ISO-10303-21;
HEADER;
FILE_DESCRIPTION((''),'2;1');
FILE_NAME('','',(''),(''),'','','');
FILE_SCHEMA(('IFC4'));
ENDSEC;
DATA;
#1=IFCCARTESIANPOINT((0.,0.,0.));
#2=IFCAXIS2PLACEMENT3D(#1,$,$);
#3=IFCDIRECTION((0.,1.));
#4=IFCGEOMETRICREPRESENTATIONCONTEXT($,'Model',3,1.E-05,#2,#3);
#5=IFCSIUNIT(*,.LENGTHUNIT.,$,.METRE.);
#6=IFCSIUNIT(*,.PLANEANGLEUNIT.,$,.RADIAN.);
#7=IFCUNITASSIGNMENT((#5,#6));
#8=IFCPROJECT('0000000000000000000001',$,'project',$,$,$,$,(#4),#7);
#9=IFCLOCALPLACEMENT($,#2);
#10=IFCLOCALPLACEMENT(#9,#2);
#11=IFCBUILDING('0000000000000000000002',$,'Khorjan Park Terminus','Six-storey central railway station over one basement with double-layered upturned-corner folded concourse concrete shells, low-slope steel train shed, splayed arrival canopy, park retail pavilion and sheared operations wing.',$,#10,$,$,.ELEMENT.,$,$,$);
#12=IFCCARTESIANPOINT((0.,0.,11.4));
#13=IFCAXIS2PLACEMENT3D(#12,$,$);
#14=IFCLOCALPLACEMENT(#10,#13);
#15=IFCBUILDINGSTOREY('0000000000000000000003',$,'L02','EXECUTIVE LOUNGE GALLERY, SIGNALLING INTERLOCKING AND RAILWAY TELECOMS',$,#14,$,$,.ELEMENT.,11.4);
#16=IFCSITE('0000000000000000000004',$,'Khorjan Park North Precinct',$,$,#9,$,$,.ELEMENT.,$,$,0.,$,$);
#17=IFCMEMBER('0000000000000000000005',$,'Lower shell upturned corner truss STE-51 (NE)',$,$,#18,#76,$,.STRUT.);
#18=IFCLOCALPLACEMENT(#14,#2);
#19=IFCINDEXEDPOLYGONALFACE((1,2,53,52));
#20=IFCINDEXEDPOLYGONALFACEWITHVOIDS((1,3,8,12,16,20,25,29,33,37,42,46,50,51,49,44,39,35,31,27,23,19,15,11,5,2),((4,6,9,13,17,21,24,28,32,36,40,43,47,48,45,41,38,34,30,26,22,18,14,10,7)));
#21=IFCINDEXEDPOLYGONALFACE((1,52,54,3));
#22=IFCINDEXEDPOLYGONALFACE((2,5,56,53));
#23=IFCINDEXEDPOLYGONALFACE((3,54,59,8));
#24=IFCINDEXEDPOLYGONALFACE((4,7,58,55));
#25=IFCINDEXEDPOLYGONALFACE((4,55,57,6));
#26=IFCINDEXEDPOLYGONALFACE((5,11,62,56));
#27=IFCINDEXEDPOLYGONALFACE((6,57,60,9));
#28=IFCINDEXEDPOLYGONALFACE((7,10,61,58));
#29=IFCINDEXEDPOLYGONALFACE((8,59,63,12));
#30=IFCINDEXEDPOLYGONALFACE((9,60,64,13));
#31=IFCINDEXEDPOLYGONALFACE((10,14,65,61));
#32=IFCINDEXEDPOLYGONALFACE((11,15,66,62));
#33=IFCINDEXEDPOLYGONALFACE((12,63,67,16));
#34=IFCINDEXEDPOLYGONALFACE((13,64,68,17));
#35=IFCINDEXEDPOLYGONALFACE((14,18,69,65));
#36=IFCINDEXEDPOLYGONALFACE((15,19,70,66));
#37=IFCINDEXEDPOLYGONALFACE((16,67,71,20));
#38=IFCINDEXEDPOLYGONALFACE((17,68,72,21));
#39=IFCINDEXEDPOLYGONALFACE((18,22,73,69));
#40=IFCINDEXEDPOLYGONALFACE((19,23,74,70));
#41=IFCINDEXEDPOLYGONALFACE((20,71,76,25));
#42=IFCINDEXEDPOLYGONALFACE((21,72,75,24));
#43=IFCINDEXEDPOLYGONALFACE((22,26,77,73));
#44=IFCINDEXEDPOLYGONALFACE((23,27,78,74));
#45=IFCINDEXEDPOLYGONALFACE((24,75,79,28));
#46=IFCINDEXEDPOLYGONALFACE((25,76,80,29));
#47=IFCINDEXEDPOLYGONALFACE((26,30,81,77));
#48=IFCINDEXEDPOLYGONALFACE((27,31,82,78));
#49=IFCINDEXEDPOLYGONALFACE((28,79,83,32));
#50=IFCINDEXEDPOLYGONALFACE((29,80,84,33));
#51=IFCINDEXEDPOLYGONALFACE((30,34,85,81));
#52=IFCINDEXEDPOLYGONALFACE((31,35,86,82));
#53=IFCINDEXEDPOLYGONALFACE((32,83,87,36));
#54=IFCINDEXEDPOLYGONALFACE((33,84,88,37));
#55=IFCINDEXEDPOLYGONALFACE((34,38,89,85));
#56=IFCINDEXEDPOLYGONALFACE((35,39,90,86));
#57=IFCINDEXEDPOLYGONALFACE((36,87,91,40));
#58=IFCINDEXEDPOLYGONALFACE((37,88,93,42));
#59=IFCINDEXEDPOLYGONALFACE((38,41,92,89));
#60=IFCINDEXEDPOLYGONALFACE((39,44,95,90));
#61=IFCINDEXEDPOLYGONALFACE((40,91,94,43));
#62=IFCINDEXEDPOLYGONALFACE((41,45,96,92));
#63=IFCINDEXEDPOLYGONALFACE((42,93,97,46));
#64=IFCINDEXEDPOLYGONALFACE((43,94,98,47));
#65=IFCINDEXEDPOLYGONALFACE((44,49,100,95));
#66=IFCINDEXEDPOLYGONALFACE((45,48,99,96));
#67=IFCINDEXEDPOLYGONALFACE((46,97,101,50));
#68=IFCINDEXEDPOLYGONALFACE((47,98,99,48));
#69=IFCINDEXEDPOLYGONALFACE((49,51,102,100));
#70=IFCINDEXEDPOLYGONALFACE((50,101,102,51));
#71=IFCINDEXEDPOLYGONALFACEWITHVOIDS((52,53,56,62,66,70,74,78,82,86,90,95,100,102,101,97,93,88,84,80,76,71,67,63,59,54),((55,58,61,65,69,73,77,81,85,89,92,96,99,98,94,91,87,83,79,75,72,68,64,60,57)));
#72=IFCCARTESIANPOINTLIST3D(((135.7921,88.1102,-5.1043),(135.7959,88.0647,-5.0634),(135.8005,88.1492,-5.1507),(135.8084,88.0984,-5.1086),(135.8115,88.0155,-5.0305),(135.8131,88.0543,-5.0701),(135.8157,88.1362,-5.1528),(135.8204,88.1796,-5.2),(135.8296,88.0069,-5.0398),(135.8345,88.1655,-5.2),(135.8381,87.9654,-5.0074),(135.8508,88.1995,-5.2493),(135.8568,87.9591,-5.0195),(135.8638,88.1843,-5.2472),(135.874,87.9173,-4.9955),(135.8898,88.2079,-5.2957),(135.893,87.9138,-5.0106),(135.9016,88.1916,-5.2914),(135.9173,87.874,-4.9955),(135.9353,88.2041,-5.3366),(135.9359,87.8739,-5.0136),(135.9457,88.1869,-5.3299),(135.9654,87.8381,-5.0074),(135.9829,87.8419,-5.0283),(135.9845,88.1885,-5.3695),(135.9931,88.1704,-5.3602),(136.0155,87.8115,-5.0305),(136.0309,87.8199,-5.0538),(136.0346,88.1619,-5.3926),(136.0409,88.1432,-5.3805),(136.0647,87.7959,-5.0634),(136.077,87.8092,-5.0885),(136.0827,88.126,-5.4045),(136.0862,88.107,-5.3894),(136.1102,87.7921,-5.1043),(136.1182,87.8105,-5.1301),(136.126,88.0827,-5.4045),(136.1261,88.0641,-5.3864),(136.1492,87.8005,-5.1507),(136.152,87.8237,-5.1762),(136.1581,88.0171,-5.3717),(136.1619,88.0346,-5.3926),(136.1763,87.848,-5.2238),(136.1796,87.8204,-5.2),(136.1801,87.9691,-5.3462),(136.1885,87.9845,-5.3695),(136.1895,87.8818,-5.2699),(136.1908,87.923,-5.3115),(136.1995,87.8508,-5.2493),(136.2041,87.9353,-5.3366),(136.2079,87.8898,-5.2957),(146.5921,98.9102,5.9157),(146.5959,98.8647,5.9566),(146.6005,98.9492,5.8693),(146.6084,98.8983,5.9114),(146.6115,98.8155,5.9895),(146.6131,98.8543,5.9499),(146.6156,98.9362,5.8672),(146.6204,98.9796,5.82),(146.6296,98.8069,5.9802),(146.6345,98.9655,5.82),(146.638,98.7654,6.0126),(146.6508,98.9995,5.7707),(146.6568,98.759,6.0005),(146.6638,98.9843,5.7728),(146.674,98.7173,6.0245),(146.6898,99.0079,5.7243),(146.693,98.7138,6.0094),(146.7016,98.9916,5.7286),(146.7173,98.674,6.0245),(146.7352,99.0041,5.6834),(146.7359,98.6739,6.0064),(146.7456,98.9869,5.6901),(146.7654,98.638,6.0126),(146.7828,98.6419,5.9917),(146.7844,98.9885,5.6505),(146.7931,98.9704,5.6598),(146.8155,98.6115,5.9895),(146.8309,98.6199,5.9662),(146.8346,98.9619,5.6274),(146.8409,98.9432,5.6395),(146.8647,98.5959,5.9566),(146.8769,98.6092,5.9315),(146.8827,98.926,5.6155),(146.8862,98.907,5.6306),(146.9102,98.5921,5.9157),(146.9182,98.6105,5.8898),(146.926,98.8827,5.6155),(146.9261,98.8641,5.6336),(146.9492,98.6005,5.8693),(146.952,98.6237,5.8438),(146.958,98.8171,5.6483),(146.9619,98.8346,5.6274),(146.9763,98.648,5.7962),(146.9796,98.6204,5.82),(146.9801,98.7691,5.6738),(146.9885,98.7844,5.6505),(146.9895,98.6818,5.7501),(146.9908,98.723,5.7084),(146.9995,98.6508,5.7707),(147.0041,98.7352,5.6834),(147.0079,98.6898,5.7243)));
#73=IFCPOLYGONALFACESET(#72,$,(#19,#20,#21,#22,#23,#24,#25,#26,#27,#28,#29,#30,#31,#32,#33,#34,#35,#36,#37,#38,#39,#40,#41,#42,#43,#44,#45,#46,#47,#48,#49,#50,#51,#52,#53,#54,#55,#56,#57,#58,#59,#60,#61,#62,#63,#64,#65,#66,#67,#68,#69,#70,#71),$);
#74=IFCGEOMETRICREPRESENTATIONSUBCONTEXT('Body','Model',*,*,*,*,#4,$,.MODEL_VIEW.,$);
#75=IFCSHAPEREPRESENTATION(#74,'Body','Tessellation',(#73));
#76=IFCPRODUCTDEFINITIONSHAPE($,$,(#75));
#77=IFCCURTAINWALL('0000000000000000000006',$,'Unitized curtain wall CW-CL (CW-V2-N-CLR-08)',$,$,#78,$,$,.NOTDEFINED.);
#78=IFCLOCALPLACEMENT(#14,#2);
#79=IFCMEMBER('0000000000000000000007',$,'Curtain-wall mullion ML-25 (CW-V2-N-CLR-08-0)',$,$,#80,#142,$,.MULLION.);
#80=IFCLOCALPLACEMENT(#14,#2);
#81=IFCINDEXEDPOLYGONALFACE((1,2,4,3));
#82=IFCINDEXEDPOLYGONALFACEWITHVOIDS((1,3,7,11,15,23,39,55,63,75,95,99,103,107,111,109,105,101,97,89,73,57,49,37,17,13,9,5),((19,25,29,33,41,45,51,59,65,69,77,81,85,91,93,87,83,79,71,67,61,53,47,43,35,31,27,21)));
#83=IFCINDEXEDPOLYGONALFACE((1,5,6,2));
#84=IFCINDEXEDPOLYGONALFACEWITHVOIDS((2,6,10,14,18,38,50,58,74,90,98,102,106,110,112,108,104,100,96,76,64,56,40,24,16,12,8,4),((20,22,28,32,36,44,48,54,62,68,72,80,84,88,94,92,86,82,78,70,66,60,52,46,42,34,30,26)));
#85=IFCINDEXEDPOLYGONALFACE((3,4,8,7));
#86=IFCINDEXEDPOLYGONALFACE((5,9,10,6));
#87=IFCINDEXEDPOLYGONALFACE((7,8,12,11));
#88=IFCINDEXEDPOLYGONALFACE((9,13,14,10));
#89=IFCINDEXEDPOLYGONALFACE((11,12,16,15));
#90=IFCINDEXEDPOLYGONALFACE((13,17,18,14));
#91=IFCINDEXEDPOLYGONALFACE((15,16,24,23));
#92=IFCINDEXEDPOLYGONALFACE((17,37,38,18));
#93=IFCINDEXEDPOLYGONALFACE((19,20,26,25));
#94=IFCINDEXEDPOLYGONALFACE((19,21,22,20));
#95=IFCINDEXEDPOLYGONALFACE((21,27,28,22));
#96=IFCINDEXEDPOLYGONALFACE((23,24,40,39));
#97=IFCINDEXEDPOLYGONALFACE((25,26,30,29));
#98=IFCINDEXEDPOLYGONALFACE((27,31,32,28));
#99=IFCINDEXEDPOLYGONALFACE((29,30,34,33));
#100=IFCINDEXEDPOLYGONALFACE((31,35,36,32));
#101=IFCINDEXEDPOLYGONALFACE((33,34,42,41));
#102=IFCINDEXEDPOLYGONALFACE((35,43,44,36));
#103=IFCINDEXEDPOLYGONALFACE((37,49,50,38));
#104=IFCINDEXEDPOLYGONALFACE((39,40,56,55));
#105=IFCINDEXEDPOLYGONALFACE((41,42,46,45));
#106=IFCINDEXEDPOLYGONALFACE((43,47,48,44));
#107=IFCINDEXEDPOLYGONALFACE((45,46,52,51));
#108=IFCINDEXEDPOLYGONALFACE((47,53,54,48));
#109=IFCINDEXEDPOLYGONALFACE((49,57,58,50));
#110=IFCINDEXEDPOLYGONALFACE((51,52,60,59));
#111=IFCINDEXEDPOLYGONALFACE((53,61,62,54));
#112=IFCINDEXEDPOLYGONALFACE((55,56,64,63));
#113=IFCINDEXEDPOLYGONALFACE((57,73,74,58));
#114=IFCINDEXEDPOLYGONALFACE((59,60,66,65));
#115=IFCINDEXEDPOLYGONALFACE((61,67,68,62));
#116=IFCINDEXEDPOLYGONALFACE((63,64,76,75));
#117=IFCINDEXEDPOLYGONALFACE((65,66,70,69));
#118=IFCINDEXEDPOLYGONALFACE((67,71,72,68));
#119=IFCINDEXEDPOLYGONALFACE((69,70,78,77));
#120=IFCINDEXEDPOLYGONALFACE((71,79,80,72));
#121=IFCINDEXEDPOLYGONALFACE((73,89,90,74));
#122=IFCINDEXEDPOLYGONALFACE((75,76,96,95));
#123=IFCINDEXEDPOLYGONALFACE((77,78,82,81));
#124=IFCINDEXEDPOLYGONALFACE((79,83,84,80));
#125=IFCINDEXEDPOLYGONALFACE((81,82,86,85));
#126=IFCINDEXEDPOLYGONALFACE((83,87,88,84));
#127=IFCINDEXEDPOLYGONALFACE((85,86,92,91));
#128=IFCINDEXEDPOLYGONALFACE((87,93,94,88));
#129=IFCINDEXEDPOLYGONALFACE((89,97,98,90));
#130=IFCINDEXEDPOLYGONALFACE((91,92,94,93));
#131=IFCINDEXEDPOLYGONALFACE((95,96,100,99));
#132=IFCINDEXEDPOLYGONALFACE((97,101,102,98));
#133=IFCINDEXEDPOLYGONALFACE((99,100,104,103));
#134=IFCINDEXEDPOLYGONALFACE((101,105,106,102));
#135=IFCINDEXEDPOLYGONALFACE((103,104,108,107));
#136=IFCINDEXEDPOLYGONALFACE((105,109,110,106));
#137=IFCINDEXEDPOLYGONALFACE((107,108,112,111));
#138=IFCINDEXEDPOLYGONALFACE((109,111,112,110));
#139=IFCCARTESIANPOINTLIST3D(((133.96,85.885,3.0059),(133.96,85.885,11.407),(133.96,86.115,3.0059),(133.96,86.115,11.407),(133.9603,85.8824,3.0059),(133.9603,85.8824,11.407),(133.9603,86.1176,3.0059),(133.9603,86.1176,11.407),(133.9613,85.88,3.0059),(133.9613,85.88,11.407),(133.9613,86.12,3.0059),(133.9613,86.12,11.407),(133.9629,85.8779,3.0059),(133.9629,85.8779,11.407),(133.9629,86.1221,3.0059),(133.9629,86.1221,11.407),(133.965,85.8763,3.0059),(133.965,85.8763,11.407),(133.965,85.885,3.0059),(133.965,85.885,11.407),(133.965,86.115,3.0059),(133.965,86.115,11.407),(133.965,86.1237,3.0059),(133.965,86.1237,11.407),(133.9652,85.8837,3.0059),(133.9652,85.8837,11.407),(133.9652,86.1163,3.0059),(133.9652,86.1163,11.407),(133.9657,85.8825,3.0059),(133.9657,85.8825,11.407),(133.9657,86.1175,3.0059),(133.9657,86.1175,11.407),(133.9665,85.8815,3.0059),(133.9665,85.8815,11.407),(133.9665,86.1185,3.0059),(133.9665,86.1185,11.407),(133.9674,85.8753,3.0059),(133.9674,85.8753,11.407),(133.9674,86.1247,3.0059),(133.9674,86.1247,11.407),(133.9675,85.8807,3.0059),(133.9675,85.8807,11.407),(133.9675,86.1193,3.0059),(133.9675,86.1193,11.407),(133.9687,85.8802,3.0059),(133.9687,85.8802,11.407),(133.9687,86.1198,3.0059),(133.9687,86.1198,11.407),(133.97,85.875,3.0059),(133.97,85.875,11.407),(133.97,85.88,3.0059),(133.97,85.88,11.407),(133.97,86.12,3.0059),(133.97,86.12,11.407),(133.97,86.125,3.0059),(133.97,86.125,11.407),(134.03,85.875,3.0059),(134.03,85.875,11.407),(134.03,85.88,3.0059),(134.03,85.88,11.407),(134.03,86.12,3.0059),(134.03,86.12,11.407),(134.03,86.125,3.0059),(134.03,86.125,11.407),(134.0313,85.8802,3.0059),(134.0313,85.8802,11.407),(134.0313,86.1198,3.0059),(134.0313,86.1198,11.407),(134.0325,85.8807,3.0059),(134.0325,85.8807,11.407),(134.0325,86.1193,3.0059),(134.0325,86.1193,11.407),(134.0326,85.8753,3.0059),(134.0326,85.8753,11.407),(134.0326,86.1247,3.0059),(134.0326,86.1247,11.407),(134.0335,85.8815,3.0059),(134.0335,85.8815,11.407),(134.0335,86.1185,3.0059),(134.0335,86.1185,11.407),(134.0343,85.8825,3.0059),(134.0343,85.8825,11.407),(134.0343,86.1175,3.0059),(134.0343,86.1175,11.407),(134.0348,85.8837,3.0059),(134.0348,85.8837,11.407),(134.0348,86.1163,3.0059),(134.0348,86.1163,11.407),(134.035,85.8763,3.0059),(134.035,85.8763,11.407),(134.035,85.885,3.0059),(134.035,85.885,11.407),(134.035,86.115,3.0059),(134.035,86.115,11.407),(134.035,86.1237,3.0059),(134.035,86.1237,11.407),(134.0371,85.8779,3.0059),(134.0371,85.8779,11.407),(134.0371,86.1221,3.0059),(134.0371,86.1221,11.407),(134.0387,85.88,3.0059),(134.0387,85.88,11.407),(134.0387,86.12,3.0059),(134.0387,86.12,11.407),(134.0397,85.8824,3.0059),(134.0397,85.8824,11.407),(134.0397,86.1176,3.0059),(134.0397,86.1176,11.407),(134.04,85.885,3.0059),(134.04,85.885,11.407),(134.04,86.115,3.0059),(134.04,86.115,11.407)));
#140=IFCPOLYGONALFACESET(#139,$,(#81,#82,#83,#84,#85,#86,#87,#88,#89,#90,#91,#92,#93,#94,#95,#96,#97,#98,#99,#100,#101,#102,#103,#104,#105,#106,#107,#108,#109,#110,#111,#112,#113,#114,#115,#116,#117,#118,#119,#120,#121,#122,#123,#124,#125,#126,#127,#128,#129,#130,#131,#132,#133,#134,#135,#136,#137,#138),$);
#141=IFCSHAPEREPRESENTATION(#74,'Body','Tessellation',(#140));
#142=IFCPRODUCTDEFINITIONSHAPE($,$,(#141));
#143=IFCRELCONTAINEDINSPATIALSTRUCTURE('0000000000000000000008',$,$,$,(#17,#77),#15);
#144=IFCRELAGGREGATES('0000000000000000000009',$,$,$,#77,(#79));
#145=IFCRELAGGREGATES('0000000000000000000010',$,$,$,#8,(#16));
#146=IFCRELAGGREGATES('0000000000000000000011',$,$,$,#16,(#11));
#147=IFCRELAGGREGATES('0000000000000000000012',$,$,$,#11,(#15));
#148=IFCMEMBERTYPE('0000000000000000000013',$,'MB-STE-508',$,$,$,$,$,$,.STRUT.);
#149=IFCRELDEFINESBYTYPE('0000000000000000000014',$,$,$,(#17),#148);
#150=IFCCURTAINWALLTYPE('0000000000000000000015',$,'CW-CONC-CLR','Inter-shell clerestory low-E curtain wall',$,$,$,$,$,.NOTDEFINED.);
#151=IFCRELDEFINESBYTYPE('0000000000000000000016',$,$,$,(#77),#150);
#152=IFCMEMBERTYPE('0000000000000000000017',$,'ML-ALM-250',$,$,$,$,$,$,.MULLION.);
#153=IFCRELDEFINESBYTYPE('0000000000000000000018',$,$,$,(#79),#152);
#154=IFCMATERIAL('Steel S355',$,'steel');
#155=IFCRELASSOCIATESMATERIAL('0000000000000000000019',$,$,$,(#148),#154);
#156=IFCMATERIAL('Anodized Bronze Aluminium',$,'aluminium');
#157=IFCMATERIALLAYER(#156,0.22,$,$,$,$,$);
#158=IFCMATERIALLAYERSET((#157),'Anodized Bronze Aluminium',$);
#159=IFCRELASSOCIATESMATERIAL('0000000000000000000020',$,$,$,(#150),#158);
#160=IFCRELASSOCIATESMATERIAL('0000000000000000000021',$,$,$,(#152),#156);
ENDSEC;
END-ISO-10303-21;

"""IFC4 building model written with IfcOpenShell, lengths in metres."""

from ifc_helpers import new_model, si_unit, direction, frame, origin, origin_2d, place, context, subcontext, project, spatial, hollow_rectangle, hollow_circle, extrude, material, layer, layer_set, material_profile, profile_set, type_object, element, aggregate, save


model = new_model("IFC4")

# Units and contexts
model_context = context("Model", 3, precision=1e-05, world=origin(), true_north=direction((0.0, 1.0)))
body_context = subcontext(model_context, "Body", "Model", "MODEL_VIEW")
ifc_project = project(units=[si_unit("LENGTHUNIT", "METRE"), si_unit("PLANEANGLEUNIT", "RADIAN")], contexts=[model_context])

# Site, building, storey
site_placement = place(None, origin())
site = spatial("IfcSite", under=ifc_project, at=site_placement, Name="Khorjan Park North Precinct", CompositionType="ELEMENT", RefElevation=0.0)
building_placement = place(site_placement, origin())
building = spatial("IfcBuilding", under=site, at=building_placement, Name="Khorjan Park Terminus", Description="Six-storey central railway station over one basement with double-layered upturned-corner folded concourse concrete shells, low-slope steel train shed, splayed arrival canopy, park retail pavilion and sheared operations wing.", CompositionType="ELEMENT")
storey_placement = place(building_placement, frame((0.0, 0.0, 11.4)))
storey = spatial("IfcBuildingStorey", under=building, at=storey_placement, Name="L02", Description="EXECUTIVE LOUNGE GALLERY, SIGNALLING INTERLOCKING AND RAILWAY TELECOMS", CompositionType="ELEMENT", Elevation=11.4)

# Member
ifc_material_1 = material(Name="Steel S355", Category="steel")
ifc_material_profile_1 = material_profile(ifc_material_1, hollow_circle(Radius=0.254, WallThickness=0.02, at=origin_2d()), Name="CHS 508x20")
ifc_profile_set_1 = profile_set([ifc_material_profile_1], Name="Steel S355")
member_type_1 = type_object("IfcMemberType", Name="MB-STE-508", PredefinedType="STRUT", material=ifc_profile_set_1)
member_1_placement = place(storey_placement, frame((136.0, 88.0, -5.2), z_axis=(0.57343, 0.57343, 0.585111), x_axis=(-0.707107, 0.707107, 0.0)))
element("IfcMember", 1, at=member_1_placement, inside=storey, type_object=member_type_1, Name="Lower shell upturned corner truss STE-51 (NE)", PredefinedType="STRUT", context=body_context, shape_type="SweptSolid", body=[
    extrude(hollow_circle(Radius=0.254, WallThickness=0.02, at=origin_2d()), origin(), (0.0, 0.0, 1.0), 18.834),
])

# Curtain wall, member
ifc_material_2 = material(Name="Anodized Bronze Aluminium", Category="aluminium")
ifc_layer_1 = layer(ifc_material_2, 0.22)
ifc_layer_set_1 = layer_set([ifc_layer_1], Name="Anodized Bronze Aluminium")
curtain_wall_type = type_object("IfcCurtainWallType", Name="CW-CONC-CLR", Description="Inter-shell clerestory low-E curtain wall", PredefinedType="NOTDEFINED", material=ifc_layer_set_1)
curtain_wall_1_placement = place(storey_placement, origin())
curtain_wall_1 = element("IfcCurtainWall", 2, at=curtain_wall_1_placement, inside=storey, type_object=curtain_wall_type, Name="Unitized curtain wall CW-CL (CW-V2-N-CLR-08)", PredefinedType="NOTDEFINED")
ifc_material_profile_2 = material_profile(ifc_material_2, hollow_rectangle(XDim=0.08, YDim=0.25, WallThickness=0.005, InnerFilletRadius=0.005, OuterFilletRadius=0.01, at=origin_2d()), Name="ALM 80x250x5")
ifc_profile_set_2 = profile_set([ifc_material_profile_2], Name="Anodized Bronze Aluminium")
member_type_2 = type_object("IfcMemberType", Name="ML-ALM-250", PredefinedType="MULLION", material=ifc_profile_set_2)
member_2_placement = place(storey_placement, frame((134.0, 86.0, 3.0059), z_axis=(0.0, 0.0, 1.0), x_axis=(-1.0, 0.0, 0.0)))
member_2 = element("IfcMember", 3, at=member_2_placement, type_object=member_type_2, Name="Curtain-wall mullion ML-25 (CW-V2-N-CLR-08-0)", PredefinedType="MULLION", context=body_context, shape_type="SweptSolid", body=[
    extrude(hollow_rectangle(XDim=0.08, YDim=0.25, WallThickness=0.005, InnerFilletRadius=0.005, OuterFilletRadius=0.01, at=origin_2d()), origin(), (0.0, 0.0, 1.0), 8.4011),
])

aggregate(curtain_wall_1, [member_2])

save(model, "model.ifc")
